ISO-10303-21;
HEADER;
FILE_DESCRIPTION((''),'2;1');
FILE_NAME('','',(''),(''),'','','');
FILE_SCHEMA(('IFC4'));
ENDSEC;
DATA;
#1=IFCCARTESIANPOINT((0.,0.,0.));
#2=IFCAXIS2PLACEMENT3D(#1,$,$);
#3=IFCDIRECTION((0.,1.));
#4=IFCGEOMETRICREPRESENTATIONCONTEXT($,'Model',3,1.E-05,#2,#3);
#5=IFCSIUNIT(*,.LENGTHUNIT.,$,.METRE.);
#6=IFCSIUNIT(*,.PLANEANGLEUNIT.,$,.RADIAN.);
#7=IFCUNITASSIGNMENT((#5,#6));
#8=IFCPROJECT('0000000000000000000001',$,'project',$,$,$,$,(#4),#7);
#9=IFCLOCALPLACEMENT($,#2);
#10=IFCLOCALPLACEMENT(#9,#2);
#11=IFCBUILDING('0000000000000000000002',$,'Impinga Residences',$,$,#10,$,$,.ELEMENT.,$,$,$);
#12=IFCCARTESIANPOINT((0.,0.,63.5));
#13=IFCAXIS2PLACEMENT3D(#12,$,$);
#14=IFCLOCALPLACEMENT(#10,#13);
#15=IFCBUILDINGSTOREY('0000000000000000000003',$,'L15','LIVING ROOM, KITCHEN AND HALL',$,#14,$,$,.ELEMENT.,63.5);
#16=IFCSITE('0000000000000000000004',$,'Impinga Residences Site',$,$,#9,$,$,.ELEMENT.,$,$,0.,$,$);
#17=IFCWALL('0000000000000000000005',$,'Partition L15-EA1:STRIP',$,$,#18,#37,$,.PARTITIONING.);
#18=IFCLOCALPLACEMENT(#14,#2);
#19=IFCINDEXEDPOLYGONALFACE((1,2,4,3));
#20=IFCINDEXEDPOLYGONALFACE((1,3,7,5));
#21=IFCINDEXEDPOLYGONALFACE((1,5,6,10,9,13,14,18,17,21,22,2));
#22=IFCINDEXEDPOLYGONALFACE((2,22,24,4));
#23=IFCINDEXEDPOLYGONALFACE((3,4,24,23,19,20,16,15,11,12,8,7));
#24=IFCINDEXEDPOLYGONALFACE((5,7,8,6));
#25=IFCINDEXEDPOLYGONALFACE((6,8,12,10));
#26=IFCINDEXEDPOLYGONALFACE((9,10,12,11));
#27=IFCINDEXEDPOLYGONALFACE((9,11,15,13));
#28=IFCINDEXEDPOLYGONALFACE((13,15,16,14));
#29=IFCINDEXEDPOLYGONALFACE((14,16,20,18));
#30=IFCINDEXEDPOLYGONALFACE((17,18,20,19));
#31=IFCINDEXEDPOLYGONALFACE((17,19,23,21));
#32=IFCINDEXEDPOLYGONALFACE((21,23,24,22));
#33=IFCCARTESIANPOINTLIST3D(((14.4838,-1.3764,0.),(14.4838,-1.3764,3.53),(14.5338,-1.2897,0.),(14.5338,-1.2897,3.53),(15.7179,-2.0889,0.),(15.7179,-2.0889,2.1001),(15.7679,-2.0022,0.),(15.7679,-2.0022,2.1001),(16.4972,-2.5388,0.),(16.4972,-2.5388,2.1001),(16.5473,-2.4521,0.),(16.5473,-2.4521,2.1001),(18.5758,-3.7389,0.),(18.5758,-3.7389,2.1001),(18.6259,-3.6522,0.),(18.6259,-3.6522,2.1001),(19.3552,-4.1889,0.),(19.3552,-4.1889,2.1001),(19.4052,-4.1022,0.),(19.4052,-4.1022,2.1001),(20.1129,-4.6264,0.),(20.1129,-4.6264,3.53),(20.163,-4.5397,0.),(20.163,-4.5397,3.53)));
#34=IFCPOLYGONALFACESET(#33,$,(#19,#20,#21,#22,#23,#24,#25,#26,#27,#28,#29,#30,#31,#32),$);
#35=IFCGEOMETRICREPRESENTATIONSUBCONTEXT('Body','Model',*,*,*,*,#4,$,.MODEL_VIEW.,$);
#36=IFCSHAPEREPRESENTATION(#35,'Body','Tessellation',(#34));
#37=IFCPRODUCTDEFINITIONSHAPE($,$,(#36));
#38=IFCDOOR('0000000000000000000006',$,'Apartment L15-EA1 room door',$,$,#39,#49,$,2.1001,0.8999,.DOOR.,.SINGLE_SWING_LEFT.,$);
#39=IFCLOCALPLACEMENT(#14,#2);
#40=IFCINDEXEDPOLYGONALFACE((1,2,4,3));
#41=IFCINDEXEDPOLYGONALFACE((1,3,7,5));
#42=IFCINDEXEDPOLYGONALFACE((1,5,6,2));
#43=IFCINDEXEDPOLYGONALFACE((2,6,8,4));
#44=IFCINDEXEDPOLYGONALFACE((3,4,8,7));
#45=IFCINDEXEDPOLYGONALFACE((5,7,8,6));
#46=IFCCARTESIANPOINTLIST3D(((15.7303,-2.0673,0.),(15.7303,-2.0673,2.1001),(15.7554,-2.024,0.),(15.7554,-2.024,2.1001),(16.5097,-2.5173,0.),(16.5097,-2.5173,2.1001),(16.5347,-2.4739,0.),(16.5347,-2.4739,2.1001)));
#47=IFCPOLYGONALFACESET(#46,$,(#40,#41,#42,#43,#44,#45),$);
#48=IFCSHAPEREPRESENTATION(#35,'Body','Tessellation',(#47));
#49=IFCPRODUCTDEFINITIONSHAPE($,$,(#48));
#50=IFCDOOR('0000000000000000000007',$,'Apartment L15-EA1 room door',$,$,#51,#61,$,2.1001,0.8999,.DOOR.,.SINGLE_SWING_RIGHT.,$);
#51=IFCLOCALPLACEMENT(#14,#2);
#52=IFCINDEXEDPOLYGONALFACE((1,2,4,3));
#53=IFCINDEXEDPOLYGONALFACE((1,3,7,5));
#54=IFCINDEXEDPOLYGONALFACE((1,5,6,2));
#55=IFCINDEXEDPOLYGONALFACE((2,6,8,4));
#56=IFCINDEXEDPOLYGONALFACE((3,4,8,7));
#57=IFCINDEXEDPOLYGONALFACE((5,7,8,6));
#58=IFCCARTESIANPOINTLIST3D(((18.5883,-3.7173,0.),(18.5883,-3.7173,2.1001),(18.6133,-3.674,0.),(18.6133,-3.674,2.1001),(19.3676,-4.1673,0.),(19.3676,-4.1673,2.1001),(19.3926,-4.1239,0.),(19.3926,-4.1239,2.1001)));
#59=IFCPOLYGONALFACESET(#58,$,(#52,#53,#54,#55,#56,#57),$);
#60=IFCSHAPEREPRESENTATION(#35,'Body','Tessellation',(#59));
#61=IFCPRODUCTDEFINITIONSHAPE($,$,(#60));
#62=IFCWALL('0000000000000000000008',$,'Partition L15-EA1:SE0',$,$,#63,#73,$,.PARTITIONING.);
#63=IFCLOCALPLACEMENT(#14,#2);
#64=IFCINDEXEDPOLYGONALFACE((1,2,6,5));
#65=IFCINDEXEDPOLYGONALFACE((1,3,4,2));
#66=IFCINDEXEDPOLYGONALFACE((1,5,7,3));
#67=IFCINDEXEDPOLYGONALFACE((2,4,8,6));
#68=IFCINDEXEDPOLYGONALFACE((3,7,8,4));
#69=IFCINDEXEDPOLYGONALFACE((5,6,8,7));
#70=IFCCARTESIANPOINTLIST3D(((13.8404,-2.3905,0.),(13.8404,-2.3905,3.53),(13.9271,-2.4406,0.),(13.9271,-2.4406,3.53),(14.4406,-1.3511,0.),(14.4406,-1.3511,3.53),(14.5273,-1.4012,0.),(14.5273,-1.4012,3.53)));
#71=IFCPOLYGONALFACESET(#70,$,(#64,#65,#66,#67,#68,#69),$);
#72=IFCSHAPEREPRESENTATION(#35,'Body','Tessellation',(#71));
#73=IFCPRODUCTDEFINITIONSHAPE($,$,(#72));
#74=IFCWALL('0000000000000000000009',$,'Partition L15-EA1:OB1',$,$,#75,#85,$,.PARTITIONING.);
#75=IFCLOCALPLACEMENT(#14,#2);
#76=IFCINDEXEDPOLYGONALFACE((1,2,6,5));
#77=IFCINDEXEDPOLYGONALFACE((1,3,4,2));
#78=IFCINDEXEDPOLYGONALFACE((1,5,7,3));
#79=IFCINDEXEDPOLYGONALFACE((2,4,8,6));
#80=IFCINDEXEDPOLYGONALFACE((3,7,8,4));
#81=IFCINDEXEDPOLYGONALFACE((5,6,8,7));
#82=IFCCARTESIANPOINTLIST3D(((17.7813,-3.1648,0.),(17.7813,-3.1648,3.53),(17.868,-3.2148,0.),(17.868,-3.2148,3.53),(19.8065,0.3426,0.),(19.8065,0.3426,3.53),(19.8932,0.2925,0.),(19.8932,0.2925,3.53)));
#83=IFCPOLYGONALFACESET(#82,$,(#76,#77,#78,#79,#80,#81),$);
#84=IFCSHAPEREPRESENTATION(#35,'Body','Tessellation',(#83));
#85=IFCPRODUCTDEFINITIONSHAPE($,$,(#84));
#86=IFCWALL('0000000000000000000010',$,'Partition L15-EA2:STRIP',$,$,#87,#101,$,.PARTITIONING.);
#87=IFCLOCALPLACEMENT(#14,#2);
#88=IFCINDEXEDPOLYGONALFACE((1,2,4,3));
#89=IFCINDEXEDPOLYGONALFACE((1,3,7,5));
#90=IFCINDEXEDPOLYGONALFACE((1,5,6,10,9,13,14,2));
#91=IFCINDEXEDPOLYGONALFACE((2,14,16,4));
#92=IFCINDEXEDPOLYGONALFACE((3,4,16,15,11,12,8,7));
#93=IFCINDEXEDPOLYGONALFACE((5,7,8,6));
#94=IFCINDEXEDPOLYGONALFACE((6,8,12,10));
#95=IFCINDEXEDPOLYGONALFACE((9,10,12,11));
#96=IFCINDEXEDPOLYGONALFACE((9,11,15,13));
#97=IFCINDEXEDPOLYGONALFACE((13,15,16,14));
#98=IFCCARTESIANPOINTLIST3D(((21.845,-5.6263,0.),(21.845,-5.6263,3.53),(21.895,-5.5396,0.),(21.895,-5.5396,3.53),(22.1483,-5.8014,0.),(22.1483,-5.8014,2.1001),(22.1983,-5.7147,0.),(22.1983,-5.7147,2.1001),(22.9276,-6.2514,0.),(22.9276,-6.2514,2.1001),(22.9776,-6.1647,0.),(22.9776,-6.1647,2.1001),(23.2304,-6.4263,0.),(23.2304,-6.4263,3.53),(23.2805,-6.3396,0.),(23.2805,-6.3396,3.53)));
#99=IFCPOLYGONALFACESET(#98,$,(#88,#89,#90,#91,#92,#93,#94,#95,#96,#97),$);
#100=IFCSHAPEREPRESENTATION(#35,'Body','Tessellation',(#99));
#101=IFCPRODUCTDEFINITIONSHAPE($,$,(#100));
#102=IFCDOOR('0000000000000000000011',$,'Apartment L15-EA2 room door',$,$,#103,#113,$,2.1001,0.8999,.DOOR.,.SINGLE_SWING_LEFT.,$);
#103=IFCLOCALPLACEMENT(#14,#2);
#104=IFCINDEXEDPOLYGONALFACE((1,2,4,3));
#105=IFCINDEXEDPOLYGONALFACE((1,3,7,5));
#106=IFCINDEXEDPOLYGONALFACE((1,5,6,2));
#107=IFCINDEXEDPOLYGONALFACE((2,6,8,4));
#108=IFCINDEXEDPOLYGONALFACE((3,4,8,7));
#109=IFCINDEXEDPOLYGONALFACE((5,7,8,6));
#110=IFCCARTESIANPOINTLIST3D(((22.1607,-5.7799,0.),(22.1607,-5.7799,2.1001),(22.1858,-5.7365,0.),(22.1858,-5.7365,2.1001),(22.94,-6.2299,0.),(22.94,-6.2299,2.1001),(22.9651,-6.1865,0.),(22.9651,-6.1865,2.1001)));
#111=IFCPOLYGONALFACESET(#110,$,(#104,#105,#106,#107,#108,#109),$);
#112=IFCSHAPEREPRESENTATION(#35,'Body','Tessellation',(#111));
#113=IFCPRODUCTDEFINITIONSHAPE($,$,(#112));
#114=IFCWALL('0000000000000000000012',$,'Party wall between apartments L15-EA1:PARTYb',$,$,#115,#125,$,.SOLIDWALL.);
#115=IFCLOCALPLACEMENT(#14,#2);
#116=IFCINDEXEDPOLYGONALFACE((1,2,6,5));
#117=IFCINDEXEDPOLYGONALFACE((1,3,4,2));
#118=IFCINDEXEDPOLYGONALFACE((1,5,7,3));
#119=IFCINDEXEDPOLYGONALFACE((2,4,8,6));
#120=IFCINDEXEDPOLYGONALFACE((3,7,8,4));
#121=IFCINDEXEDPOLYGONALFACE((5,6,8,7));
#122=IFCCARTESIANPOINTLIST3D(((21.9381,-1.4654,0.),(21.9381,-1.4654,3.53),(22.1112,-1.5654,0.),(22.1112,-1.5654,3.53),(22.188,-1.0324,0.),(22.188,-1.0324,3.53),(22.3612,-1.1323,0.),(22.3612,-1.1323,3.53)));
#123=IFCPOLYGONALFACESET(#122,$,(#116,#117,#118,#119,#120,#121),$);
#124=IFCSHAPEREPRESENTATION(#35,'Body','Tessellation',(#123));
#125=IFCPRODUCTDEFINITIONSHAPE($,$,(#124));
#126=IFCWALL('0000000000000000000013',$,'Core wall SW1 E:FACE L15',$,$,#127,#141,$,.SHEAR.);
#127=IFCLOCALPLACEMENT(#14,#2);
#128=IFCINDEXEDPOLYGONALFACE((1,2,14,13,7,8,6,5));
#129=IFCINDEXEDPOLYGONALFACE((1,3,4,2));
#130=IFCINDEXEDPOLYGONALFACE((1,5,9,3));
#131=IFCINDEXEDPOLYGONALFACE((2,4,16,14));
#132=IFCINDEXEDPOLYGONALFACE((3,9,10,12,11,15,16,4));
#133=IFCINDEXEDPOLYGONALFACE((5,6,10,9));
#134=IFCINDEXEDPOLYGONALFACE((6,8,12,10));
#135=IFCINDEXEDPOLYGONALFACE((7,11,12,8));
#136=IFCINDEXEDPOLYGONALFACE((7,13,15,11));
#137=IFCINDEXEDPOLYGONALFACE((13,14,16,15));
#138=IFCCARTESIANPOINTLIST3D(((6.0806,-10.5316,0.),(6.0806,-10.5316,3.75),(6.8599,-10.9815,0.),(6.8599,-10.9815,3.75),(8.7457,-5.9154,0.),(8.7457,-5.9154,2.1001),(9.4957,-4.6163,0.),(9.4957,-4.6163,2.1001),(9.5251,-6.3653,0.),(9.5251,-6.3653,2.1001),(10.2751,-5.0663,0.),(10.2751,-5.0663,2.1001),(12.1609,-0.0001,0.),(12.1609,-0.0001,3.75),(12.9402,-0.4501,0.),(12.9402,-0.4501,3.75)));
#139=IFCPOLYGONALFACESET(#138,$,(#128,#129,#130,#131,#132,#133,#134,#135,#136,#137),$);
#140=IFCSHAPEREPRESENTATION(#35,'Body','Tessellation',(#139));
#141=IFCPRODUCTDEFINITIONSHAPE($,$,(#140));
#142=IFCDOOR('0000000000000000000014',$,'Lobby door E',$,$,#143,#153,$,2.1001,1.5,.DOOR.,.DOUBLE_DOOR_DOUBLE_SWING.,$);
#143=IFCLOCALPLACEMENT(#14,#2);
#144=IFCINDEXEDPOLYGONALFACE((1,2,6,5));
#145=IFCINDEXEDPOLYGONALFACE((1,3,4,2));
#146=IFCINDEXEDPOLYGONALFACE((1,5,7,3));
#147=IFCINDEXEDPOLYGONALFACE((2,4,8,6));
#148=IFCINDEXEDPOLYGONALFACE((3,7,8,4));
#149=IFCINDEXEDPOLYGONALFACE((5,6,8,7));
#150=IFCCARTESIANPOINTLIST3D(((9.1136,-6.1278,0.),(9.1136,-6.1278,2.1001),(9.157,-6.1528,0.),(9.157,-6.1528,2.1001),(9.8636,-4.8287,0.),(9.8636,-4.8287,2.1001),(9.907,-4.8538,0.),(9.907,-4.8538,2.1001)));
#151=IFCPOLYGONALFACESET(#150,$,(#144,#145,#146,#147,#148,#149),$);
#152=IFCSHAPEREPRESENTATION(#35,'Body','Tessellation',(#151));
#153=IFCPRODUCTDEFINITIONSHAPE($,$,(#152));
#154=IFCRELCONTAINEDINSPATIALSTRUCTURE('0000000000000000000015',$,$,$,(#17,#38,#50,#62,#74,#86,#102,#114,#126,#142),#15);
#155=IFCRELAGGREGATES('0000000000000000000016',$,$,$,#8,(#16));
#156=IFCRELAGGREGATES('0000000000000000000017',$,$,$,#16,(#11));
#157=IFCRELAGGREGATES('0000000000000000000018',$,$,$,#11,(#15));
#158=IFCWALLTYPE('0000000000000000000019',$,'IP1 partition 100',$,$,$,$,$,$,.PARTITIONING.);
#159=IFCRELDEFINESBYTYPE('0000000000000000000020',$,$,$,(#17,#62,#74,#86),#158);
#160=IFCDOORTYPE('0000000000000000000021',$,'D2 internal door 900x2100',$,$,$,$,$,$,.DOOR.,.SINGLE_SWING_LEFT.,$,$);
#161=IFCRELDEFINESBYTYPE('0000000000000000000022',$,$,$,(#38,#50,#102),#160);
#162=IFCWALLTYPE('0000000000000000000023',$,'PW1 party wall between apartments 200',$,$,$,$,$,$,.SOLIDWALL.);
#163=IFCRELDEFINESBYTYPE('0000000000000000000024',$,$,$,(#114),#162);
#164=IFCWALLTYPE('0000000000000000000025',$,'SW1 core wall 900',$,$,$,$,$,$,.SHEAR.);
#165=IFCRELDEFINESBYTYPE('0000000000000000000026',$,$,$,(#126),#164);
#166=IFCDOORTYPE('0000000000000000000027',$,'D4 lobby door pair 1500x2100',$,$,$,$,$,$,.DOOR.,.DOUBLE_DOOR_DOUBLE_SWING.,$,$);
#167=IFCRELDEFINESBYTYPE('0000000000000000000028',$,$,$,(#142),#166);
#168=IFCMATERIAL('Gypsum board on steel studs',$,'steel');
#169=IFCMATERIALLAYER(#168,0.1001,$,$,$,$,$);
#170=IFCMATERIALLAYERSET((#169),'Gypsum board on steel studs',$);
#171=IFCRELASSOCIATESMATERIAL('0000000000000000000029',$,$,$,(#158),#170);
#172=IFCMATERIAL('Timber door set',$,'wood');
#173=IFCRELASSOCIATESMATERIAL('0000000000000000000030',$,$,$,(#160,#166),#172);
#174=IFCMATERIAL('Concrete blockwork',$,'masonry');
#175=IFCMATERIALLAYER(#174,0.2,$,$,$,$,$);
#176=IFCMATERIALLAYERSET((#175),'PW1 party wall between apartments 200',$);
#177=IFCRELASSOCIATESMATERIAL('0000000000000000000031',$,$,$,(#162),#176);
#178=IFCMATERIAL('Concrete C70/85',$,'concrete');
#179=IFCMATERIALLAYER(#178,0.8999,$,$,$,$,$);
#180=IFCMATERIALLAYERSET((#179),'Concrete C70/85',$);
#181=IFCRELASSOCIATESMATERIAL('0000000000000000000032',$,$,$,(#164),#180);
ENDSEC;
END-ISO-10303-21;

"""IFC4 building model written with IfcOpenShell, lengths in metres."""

from ifc_helpers import new_model, si_unit, direction, frame, frame_2d, origin, place, context, subcontext, project, spatial, rectangle, extrude, material, layer, layer_set, type_object, element, fill, save


model = new_model("IFC4")

# Units and contexts
model_context = context("Model", 3, precision=1e-05, world=origin(), true_north=direction((0.0, 1.0)))
body_context = subcontext(model_context, "Body", "Model", "MODEL_VIEW")
ifc_project = project(units=[si_unit("LENGTHUNIT", "METRE"), si_unit("PLANEANGLEUNIT", "RADIAN")], contexts=[model_context])

# Site, building, storey
site_placement = place(None, origin())
site = spatial("IfcSite", under=ifc_project, at=site_placement, Name="Impinga Residences Site", CompositionType="ELEMENT", RefElevation=0.0)
building_placement = place(site_placement, origin())
building = spatial("IfcBuilding", under=site, at=building_placement, Name="Impinga Residences", CompositionType="ELEMENT")
storey_placement = place(building_placement, frame((0.0, 0.0, 63.5)))
storey = spatial("IfcBuildingStorey", under=building, at=storey_placement, Name="L15", Description="LIVING ROOM, KITCHEN AND HALL", CompositionType="ELEMENT", Elevation=63.5)

# Shared definitions
ifc_material_1 = material(Name="Concrete C70/85", Category="concrete")

# Shared definitions
ifc_material_2 = material(Name="Gypsum board on steel studs", Category="steel")
ifc_layer_1 = layer(ifc_material_2, 0.1001)
ifc_layer_set_1 = layer_set([ifc_layer_1], Name="Gypsum board on steel studs")
wall_type_1 = type_object("IfcWallType", Name="IP1 partition 100", PredefinedType="PARTITIONING", material=ifc_layer_set_1)

# Wall, openings, doors
wall_1_placement = place(storey_placement, frame((14.5088, -1.333, 0.0), z_axis=(0.0, 0.0, 1.0), x_axis=(0.866025, -0.500001, 0.0)))
wall_1 = element("IfcWall", 1, at=wall_1_placement, inside=storey, type_object=wall_type_1, Name="Partition L15-EA1:STRIP", PredefinedType="PARTITIONING", context=body_context, shape_type="SweptSolid", body=[
    extrude(rectangle(XDim=6.5, YDim=0.1001, at=frame_2d((3.25, 0.0))), origin(), (0.0, 0.0, 1.0), 3.53),
])
opening_1_placement = place(wall_1_placement, frame((1.425, 0.0, 0.0)))
opening_1 = element("IfcOpeningElement", 2, at=opening_1_placement, cuts=wall_1, PredefinedType="OPENING", context=body_context, shape_type="SweptSolid", body=[
    extrude(rectangle(XDim=0.8999, YDim=2.1001, at=frame_2d((0.45, 1.05))), frame((0.0, 0.0601, 0.0), z_axis=(0.0, -1.0, 0.0), x_axis=(1.0, 0.0, 0.0)), (0.0, 0.0, 1.0), 0.1201),
])
opening_2_placement = place(wall_1_placement, frame((4.7251, 0.0, 0.0)))
opening_2 = element("IfcOpeningElement", 3, at=opening_2_placement, cuts=wall_1, PredefinedType="OPENING", context=body_context, shape_type="SweptSolid", body=[
    extrude(rectangle(XDim=0.8999, YDim=2.1001, at=frame_2d((0.45, 1.05))), frame((0.0, 0.0601, 0.0), z_axis=(0.0, -1.0, 0.0), x_axis=(1.0, 0.0, 0.0)), (0.0, 0.0, 1.0), 0.1201),
])
ifc_material_3 = material(Name="Timber door set", Category="wood")
door_type_1 = type_object("IfcDoorType", Name="D2 internal door 900x2100", OperationType="SINGLE_SWING_LEFT", PredefinedType="DOOR", material=ifc_material_3)
door_1_placement = place(opening_1_placement, origin())
door_1 = element("IfcDoor", 4, at=door_1_placement, inside=storey, type_object=door_type_1, Name="Apartment L15-EA1 room door", OperationType="SINGLE_SWING_LEFT", OverallHeight=2.1001, OverallWidth=0.8999, PredefinedType="DOOR", context=body_context, shape_type="SweptSolid", body=[
    extrude(rectangle(XDim=0.8999, YDim=2.1001, at=frame_2d((0.45, 1.05))), frame((0.0, 0.0249, 0.0), z_axis=(0.0, -1.0, 0.0), x_axis=(1.0, 0.0, 0.0)), (0.0, 0.0, 1.0), 0.05),
])
fill(opening_1, door_1)
door_2_placement = place(opening_2_placement, origin())
door_2 = element("IfcDoor", 5, at=door_2_placement, inside=storey, type_object=door_type_1, Name="Apartment L15-EA1 room door", OperationType="SINGLE_SWING_RIGHT", OverallHeight=2.1001, OverallWidth=0.8999, PredefinedType="DOOR", context=body_context, shape_type="SweptSolid", body=[
    extrude(rectangle(XDim=0.8999, YDim=2.1001, at=frame_2d((0.45, 1.05))), frame((0.0, 0.0249, 0.0), z_axis=(0.0, -1.0, 0.0), x_axis=(1.0, 0.0, 0.0)), (0.0, 0.0, 1.0), 0.05),
])
fill(opening_2, door_2)

# Walls
wall_2_placement = place(storey_placement, frame((13.8838, -2.4155, 0.0), z_axis=(0.0, 0.0, 1.0), x_axis=(0.500034, 0.866006, 0.0)))
element("IfcWall", 6, at=wall_2_placement, inside=storey, type_object=wall_type_1, Name="Partition L15-EA1:SE0", PredefinedType="PARTITIONING", context=body_context, shape_type="SweptSolid", body=[
    extrude(rectangle(XDim=1.2002, YDim=0.1001, at=frame_2d((0.6001, 0.0))), origin(), (0.0, 0.0, 1.0), 3.53),
])
wall_3_placement = place(storey_placement, frame((17.8247, -3.1897, 0.0), z_axis=(0.0, 0.0, 1.0), x_axis=(0.500036, 0.866005, 0.0)))
element("IfcWall", 7, at=wall_3_placement, inside=storey, type_object=wall_type_1, Name="Partition L15-EA1:OB1", PredefinedType="PARTITIONING", context=body_context, shape_type="SweptSolid", body=[
    extrude(rectangle(XDim=4.05, YDim=0.1001, at=frame_2d((2.0249, 0.0))), origin(), (0.0, 0.0, 1.0), 3.53),
])

# Wall, opening, door
wall_4_placement = place(storey_placement, frame((21.8701, -5.583, 0.0), z_axis=(0.0, 0.0, 1.0), x_axis=(0.86599, -0.500061, 0.0)))
wall_4 = element("IfcWall", 8, at=wall_4_placement, inside=storey, type_object=wall_type_1, Name="Partition L15-EA2:STRIP", PredefinedType="PARTITIONING", context=body_context, shape_type="SweptSolid", body=[
    extrude(rectangle(XDim=1.5999, YDim=0.1001, at=frame_2d((0.7998, 0.0))), origin(), (0.0, 0.0, 1.0), 3.53),
])
opening_3_placement = place(wall_4_placement, frame((0.3501, 0.0, 0.0)))
opening_3 = element("IfcOpeningElement", 9, at=opening_3_placement, cuts=wall_4, PredefinedType="OPENING", context=body_context, shape_type="SweptSolid", body=[
    extrude(rectangle(XDim=0.8999, YDim=2.1001, at=frame_2d((0.45, 1.05))), frame((0.0, 0.0601, 0.0), z_axis=(0.0, -1.0, 0.0), x_axis=(1.0, 0.0, 0.0)), (0.0, 0.0, 1.0), 0.1201),
])
door_3_placement = place(opening_3_placement, origin())
door_3 = element("IfcDoor", 10, at=door_3_placement, inside=storey, type_object=door_type_1, Name="Apartment L15-EA2 room door", OperationType="SINGLE_SWING_LEFT", OverallHeight=2.1001, OverallWidth=0.8999, PredefinedType="DOOR", context=body_context, shape_type="SweptSolid", body=[
    extrude(rectangle(XDim=0.8999, YDim=2.1001, at=frame_2d((0.45, 1.05))), frame((0.0, 0.0249, 0.0), z_axis=(0.0, -1.0, 0.0), x_axis=(1.0, 0.0, 0.0)), (0.0, 0.0, 1.0), 0.05),
])
fill(opening_3, door_3)

# Wall
ifc_material_4 = material(Name="Concrete blockwork", Category="masonry")
ifc_layer_2 = layer(ifc_material_4, 0.2)
ifc_layer_set_2 = layer_set([ifc_layer_2], Name="PW1 party wall between apartments 200")
wall_type_2 = type_object("IfcWallType", Name="PW1 party wall between apartments 200", PredefinedType="SOLIDWALL", material=ifc_layer_set_2)
wall_5_placement = place(storey_placement, frame((22.0247, -1.5154, 0.0), z_axis=(0.0, 0.0, 1.0), x_axis=(0.49992, 0.866072, 0.0)))
element("IfcWall", 11, at=wall_5_placement, inside=storey, type_object=wall_type_2, Name="Party wall between apartments L15-EA1:PARTYb", PredefinedType="SOLIDWALL", context=body_context, shape_type="SweptSolid", body=[
    extrude(rectangle(XDim=0.5, YDim=0.2, at=frame_2d((0.25, 0.0))), origin(), (0.0, 0.0, 1.0), 3.53),
])

# Wall, opening, door
ifc_layer_3 = layer(ifc_material_1, 0.8999)
ifc_layer_set_3 = layer_set([ifc_layer_3], Name="Concrete C70/85")
wall_type_3 = type_object("IfcWallType", Name="SW1 core wall 900", PredefinedType="SHEAR", material=ifc_layer_set_3)
wall_6_placement = place(storey_placement, frame((12.5505, -0.2251, 0.0), z_axis=(0.0, 0.0, 1.0), x_axis=(-0.499998, -0.866027, 0.0)))
wall_6 = element("IfcWall", 12, at=wall_6_placement, inside=storey, type_object=wall_type_3, Name="Core wall SW1 E:FACE L15", PredefinedType="SHEAR", context=body_context, shape_type="SweptSolid", body=[
    extrude(rectangle(XDim=12.1606, YDim=0.8999, at=frame_2d((6.0803, 0.0))), origin(), (0.0, 0.0, 1.0), 3.75),
])
opening_4_placement = place(wall_6_placement, frame((5.3303, 0.0, 0.0)))
opening_4 = element("IfcOpeningElement", 13, at=opening_4_placement, cuts=wall_6, PredefinedType="OPENING", context=body_context, shape_type="SweptSolid", body=[
    extrude(rectangle(XDim=1.5, YDim=2.1001, at=frame_2d((0.75, 1.05))), frame((0.0, 0.46, 0.0), z_axis=(0.0, -1.0, 0.0), x_axis=(1.0, 0.0, 0.0)), (0.0, 0.0, 1.0), 0.9199),
])
door_type_2 = type_object("IfcDoorType", Name="D4 lobby door pair 1500x2100", OperationType="DOUBLE_DOOR_DOUBLE_SWING", PredefinedType="DOOR", material=ifc_material_3)
door_4_placement = place(opening_4_placement, origin())
door_4 = element("IfcDoor", 14, at=door_4_placement, inside=storey, type_object=door_type_2, Name="Lobby door E", OperationType="DOUBLE_DOOR_DOUBLE_SWING", OverallHeight=2.1001, OverallWidth=1.5, PredefinedType="DOOR", context=body_context, shape_type="SweptSolid", body=[
    extrude(rectangle(XDim=1.5, YDim=2.1001, at=frame_2d((0.75, 1.05))), frame((0.0, 0.0249, 0.0), z_axis=(0.0, -1.0, 0.0), x_axis=(1.0, 0.0, 0.0)), (0.0, 0.0, 1.0), 0.05),
])
fill(opening_4, door_4)

save(model, "model.ifc")
